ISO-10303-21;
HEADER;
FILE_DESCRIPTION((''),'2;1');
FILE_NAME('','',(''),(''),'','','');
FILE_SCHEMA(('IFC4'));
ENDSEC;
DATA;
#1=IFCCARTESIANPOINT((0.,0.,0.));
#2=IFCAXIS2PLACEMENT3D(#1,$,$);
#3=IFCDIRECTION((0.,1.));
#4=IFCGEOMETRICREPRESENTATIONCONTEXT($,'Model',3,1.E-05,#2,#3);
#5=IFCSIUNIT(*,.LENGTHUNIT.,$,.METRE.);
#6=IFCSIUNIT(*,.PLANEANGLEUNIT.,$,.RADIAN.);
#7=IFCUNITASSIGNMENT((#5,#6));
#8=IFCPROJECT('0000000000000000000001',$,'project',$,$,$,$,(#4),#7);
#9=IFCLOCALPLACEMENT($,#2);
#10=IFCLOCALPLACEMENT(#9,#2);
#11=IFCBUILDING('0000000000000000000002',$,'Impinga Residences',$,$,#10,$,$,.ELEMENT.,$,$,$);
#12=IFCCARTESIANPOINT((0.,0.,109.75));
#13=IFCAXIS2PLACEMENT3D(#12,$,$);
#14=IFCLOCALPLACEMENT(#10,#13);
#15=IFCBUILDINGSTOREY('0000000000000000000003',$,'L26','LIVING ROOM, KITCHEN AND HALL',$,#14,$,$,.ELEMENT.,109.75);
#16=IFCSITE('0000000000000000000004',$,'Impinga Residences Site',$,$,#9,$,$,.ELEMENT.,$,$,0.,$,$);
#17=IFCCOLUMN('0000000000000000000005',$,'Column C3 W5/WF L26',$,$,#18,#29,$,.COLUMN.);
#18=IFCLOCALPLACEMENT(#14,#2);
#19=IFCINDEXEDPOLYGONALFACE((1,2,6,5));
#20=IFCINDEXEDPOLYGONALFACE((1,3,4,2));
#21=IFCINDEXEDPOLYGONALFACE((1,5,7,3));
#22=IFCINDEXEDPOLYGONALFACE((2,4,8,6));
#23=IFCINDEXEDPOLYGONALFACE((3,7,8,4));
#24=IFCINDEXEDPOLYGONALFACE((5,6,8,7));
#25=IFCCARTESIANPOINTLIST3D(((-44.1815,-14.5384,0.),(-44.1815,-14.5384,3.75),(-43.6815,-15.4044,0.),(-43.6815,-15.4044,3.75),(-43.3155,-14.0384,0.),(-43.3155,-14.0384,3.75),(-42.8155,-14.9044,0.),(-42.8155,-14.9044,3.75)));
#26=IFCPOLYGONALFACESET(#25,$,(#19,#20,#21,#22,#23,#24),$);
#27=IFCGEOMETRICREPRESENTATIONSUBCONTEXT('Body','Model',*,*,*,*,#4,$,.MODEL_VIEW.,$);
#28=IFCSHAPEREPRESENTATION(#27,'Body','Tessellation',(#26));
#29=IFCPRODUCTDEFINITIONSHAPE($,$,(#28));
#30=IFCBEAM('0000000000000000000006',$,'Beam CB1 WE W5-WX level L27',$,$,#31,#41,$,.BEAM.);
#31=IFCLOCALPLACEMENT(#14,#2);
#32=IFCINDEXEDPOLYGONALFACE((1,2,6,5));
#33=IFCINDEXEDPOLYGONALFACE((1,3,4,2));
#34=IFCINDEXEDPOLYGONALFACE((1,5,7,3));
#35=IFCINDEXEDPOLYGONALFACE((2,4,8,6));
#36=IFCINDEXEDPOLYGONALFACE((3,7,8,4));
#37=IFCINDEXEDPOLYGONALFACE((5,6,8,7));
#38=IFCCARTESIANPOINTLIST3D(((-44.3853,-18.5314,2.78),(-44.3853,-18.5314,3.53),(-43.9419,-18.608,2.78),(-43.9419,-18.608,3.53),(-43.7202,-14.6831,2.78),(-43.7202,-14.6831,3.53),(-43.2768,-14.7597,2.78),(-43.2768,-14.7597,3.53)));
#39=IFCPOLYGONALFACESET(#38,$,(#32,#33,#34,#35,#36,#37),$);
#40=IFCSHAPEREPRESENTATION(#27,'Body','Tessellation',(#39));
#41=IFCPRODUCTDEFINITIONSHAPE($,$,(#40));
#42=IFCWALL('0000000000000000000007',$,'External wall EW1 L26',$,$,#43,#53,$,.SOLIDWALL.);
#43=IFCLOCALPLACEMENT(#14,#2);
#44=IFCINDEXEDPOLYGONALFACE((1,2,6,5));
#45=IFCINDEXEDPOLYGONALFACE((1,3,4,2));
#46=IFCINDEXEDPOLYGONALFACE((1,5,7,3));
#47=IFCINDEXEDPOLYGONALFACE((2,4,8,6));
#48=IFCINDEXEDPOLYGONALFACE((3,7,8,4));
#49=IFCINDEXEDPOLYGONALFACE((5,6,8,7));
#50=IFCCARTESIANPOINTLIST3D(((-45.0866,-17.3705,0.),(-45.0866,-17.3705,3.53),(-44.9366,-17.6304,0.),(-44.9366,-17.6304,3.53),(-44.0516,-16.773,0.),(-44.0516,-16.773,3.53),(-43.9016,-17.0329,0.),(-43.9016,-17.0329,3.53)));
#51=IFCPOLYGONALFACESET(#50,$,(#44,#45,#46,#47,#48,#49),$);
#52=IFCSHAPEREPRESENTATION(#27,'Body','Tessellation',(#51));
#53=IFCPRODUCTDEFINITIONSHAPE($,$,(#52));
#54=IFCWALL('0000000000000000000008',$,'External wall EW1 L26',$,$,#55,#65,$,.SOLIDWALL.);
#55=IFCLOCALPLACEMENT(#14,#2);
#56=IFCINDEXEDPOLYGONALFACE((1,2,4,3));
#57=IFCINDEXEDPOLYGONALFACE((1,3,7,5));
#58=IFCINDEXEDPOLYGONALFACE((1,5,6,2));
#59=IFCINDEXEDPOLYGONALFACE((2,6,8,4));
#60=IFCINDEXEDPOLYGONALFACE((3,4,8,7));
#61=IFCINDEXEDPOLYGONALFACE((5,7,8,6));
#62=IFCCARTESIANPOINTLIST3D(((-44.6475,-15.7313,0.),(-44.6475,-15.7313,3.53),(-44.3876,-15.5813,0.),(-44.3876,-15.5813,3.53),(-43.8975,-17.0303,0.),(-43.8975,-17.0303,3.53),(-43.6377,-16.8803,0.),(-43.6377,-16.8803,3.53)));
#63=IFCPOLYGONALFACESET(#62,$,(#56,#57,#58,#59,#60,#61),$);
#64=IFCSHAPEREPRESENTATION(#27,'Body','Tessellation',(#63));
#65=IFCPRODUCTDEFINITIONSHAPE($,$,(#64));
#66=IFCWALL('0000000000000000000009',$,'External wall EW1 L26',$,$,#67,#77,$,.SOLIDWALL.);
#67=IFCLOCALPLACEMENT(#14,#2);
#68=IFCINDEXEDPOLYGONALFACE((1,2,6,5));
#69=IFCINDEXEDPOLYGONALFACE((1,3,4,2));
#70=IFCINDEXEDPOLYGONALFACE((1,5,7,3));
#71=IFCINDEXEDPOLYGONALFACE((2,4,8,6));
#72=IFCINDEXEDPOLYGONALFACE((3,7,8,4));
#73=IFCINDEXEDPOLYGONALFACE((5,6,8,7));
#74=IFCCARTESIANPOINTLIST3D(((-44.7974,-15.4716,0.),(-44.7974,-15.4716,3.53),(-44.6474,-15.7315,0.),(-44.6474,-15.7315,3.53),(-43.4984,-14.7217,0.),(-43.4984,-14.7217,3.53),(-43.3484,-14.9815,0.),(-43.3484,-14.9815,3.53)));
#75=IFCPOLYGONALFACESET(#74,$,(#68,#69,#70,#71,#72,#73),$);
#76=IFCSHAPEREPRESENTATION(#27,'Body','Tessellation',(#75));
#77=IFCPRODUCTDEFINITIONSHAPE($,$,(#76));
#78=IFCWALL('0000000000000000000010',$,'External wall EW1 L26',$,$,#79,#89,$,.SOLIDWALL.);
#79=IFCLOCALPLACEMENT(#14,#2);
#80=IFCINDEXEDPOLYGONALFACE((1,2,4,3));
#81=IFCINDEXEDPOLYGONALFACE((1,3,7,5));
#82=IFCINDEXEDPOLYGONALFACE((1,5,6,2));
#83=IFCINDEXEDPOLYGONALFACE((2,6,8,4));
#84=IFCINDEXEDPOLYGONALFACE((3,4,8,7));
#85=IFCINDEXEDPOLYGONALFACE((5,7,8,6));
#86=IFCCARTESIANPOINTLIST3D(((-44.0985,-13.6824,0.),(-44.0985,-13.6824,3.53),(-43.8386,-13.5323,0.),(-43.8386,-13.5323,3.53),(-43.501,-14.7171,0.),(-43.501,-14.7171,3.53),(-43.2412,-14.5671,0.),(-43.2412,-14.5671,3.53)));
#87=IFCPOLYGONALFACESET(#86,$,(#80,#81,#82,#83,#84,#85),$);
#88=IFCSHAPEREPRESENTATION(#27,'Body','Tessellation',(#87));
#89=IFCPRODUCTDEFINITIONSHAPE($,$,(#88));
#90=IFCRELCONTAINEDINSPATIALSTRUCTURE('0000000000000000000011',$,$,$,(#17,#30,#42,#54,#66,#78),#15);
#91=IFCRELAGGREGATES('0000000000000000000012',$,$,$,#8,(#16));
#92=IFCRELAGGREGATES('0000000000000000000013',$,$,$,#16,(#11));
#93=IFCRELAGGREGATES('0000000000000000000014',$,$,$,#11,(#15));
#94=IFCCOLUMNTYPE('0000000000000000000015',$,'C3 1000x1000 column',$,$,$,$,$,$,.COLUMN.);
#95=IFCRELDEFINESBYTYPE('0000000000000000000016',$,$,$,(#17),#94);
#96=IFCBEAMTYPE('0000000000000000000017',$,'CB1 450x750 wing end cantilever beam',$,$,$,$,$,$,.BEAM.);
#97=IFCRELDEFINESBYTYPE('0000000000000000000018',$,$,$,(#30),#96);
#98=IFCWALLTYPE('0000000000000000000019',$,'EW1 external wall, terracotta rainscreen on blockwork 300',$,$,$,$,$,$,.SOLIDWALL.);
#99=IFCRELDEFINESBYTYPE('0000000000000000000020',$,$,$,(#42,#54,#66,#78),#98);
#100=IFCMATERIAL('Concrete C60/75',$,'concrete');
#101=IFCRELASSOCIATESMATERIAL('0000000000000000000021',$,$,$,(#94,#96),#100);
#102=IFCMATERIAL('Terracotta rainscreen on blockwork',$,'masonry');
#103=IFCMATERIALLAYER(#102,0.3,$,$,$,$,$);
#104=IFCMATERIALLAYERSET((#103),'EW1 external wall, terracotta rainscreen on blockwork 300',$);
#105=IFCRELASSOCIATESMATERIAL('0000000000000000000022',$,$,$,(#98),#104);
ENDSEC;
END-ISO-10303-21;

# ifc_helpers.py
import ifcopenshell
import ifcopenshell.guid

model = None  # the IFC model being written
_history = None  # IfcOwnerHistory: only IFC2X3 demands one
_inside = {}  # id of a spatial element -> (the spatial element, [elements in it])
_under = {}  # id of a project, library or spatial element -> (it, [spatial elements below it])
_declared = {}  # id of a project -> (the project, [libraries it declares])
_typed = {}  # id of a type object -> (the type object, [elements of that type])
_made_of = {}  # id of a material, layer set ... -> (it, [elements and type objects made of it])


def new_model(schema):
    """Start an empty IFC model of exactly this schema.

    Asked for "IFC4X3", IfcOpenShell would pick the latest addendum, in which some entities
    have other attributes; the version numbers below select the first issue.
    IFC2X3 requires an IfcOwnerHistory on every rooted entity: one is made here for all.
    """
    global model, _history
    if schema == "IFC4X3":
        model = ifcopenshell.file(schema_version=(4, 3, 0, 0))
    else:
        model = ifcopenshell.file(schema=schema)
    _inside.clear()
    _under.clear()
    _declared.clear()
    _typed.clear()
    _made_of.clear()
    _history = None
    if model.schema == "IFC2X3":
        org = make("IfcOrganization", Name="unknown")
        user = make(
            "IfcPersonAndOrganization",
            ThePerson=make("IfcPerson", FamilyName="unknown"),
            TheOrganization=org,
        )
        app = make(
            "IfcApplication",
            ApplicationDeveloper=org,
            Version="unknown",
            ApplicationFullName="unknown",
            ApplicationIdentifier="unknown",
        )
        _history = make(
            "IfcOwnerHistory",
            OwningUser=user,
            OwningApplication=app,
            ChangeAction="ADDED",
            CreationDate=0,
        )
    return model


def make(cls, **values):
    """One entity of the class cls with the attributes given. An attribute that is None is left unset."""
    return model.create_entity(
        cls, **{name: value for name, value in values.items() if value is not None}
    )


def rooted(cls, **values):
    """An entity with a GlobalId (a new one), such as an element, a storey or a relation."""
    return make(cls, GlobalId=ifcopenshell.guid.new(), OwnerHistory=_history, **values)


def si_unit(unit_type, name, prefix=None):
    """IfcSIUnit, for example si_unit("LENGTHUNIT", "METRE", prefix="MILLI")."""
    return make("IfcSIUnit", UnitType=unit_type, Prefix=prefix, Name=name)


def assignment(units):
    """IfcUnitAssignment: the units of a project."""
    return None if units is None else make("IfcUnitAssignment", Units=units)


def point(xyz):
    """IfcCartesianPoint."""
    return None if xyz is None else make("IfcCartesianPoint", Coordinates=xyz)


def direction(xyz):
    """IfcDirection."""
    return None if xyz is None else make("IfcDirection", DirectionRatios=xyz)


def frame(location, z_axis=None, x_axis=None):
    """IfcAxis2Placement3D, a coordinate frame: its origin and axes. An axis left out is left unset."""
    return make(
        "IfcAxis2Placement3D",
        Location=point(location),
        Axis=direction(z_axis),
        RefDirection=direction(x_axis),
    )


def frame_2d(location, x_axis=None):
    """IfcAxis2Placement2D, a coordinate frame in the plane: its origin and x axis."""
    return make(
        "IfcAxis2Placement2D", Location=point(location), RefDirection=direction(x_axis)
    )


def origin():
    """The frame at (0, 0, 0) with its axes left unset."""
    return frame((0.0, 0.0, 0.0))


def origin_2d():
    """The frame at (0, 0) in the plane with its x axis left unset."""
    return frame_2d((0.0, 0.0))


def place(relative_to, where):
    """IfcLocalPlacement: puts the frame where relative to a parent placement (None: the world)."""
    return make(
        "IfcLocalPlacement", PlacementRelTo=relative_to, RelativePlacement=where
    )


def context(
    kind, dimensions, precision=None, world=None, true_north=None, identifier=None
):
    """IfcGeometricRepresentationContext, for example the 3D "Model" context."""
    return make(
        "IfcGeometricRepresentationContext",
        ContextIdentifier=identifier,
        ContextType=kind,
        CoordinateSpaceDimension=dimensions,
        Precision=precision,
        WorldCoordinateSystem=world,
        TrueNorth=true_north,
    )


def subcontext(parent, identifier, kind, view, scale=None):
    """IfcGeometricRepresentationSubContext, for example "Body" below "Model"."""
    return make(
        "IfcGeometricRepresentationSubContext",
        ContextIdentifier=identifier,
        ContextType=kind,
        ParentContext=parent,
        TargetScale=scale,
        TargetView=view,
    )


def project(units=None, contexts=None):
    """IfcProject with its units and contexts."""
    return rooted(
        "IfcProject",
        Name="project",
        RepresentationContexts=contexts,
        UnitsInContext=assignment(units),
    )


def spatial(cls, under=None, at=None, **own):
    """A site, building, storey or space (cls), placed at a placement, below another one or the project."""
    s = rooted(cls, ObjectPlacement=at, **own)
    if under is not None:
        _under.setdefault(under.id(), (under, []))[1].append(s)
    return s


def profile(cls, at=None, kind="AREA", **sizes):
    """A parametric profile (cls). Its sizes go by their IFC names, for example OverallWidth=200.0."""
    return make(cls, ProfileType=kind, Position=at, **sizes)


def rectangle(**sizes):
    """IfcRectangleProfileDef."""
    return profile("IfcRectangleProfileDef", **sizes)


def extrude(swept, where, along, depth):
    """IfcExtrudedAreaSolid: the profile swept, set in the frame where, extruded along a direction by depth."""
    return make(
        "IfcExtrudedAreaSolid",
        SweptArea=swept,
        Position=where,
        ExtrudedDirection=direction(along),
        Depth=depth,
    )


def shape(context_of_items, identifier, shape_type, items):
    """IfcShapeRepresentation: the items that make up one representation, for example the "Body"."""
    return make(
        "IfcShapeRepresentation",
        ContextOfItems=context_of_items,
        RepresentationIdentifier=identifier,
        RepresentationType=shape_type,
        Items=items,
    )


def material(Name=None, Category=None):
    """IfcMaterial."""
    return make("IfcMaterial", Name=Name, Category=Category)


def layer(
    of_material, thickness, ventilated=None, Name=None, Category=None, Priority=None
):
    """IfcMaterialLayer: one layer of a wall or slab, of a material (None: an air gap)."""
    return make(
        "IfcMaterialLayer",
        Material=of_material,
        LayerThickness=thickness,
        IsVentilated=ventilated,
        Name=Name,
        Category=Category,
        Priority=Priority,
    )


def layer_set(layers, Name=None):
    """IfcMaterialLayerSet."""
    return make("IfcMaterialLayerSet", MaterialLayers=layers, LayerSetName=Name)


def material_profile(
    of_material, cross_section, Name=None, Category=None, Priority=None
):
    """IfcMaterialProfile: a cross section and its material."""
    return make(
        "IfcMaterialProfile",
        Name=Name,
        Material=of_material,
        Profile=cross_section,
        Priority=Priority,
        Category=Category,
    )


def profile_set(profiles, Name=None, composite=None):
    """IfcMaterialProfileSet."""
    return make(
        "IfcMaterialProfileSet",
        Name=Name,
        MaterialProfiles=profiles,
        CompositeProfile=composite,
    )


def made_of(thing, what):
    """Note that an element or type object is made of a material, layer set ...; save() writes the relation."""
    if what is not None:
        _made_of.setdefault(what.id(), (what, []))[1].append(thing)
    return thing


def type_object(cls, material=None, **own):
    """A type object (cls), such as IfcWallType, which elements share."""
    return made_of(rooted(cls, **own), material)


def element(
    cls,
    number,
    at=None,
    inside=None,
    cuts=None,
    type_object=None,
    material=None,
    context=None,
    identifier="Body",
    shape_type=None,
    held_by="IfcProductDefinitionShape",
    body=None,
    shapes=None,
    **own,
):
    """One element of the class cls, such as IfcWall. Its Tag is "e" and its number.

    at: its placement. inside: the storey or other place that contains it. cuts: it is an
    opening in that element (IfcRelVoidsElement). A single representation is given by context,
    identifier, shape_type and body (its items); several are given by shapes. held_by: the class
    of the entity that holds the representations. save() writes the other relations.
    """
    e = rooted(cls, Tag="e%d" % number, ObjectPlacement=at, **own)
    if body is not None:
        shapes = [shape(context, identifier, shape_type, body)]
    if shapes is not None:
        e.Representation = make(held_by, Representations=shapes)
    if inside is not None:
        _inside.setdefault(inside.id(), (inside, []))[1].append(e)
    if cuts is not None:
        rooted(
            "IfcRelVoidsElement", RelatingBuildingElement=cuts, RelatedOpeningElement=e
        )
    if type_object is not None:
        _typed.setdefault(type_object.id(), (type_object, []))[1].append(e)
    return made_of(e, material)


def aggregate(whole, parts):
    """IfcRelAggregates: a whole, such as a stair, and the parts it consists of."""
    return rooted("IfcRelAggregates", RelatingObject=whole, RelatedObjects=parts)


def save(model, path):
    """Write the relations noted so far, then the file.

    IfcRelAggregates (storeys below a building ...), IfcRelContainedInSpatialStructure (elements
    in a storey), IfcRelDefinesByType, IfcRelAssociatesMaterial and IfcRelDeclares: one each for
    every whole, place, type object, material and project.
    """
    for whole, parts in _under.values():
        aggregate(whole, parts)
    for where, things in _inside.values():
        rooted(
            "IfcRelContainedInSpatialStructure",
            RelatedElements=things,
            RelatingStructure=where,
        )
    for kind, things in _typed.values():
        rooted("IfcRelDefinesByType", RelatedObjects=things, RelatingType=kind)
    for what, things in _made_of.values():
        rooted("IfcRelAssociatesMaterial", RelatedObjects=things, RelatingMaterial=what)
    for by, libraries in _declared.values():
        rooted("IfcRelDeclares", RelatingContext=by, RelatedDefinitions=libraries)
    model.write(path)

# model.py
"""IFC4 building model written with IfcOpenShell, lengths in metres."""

from ifc_helpers import new_model, si_unit, direction, frame, frame_2d, origin, origin_2d, place, context, subcontext, project, spatial, rectangle, extrude, material, layer, layer_set, material_profile, profile_set, type_object, element, save


model = new_model("IFC4")

# Units and contexts
model_context = context("Model", 3, precision=1e-05, world=origin(), true_north=direction((0.0, 1.0)))
body_context = subcontext(model_context, "Body", "Model", "MODEL_VIEW")
ifc_project = project(units=[si_unit("LENGTHUNIT", "METRE"), si_unit("PLANEANGLEUNIT", "RADIAN")], contexts=[model_context])

# Site, building, storey
site_placement = place(None, origin())
site = spatial("IfcSite", under=ifc_project, at=site_placement, Name="Impinga Residences Site", CompositionType="ELEMENT", RefElevation=0.0)
building_placement = place(site_placement, origin())
building = spatial("IfcBuilding", under=site, at=building_placement, Name="Impinga Residences", CompositionType="ELEMENT")
storey_placement = place(building_placement, frame((0.0, 0.0, 109.75)))
storey = spatial("IfcBuildingStorey", under=building, at=storey_placement, Name="L26", Description="LIVING ROOM, KITCHEN AND HALL", CompositionType="ELEMENT", Elevation=109.75)

# Column
ifc_material_1 = material(Name="Concrete C60/75", Category="concrete")
ifc_material_profile_1 = material_profile(ifc_material_1, rectangle(XDim=1.0, YDim=1.0, at=origin_2d()), Name="RC 1000x1000")
ifc_profile_set_1 = profile_set([ifc_material_profile_1], Name="Concrete C60/75")
column_type = type_object("IfcColumnType", Name="C3 1000x1000 column", PredefinedType="COLUMN", material=ifc_profile_set_1)
column_placement = place(storey_placement, frame((-43.4985, -14.7214, 0.0), z_axis=(0.0, 0.0, 1.0), x_axis=(-0.5, 0.866025, 0.0)))
element("IfcColumn", 1, at=column_placement, inside=storey, type_object=column_type, Name="Column C3 W5/WF L26", PredefinedType="COLUMN", context=body_context, shape_type="SweptSolid", body=[
    extrude(rectangle(XDim=1.0, YDim=1.0, at=origin_2d()), origin(), (0.0, 0.0, 1.0), 3.75),
])

# Beam
ifc_material_profile_2 = material_profile(ifc_material_1, rectangle(XDim=0.45, YDim=0.75, at=origin_2d()), Name="RC 450x750")
ifc_profile_set_2 = profile_set([ifc_material_profile_2], Name="Concrete C60/75")
beam_type = type_object("IfcBeamType", Name="CB1 450x750 wing end cantilever beam", PredefinedType="BEAM", material=ifc_profile_set_2)
beam_placement = place(storey_placement, frame((-43.4985, -14.7214, 3.155), z_axis=(-0.170296, -0.985393, 0.0), x_axis=(0.985393, -0.170296, 0.0)))
element("IfcBeam", 2, at=beam_placement, inside=storey, type_object=beam_type, Name="Beam CB1 WE W5-WX level L27", PredefinedType="BEAM", context=body_context, shape_type="SweptSolid", body=[
    extrude(rectangle(XDim=0.45, YDim=0.75, at=origin_2d()), origin(), (0.0, 0.0, 1.0), 3.9053),
])

# Walls
ifc_material_2 = material(Name="Terracotta rainscreen on blockwork", Category="masonry")
ifc_layer_1 = layer(ifc_material_2, 0.3)
ifc_layer_set_1 = layer_set([ifc_layer_1], Name="EW1 external wall, terracotta rainscreen on blockwork 300")
wall_type_1 = type_object("IfcWallType", Name="EW1 external wall, terracotta rainscreen on blockwork 300", PredefinedType="SOLIDWALL", material=ifc_layer_set_1)
wall_1_placement = place(storey_placement, frame((-45.0117, -17.5005, 0.0), z_axis=(0.0, 0.0, 1.0), x_axis=(0.86606, 0.499941, 0.0)))
element("IfcWall", 3, at=wall_1_placement, inside=storey, type_object=wall_type_1, Name="External wall EW1 L26", PredefinedType="SOLIDWALL", context=body_context, shape_type="SweptSolid", body=[
    extrude(rectangle(XDim=1.1951, YDim=0.3, at=frame_2d((0.5977, 0.0))), origin(), (0.0, 0.0, 1.0), 3.53),
])
for number, where, z_axis, x_axis, name in (
    (4, (-43.7676, -16.9553, 0.0), (0.0, 0.0, 1.0), (-0.49999, 0.866031, 0.0), "External wall EW1 L26"),
    (5, (-44.7224, -15.6016, 0.0), (0.0, 0.0, 1.0), (0.866031, 0.49999, 0.0), "External wall EW1 L26"),
):
    element("IfcWall", number, at=place(storey_placement, frame(where, z_axis=z_axis, x_axis=x_axis)), inside=storey, type_object=wall_type_1, Name=name, PredefinedType="SOLIDWALL", context=body_context, shape_type="SweptSolid", body=[
        extrude(rectangle(XDim=1.5, YDim=0.3, at=frame_2d((0.75, 0.0))), origin(), (0.0, 0.0, 1.0), 3.53),
    ])
wall_2_placement = place(storey_placement, frame((-43.3711, -14.6421, 0.0), z_axis=(0.0, 0.0, 1.0), x_axis=(-0.500029, 0.866009, 0.0)))
element("IfcWall", 6, at=wall_2_placement, inside=storey, type_object=wall_type_1, Name="External wall EW1 L26", PredefinedType="SOLIDWALL", context=body_context, shape_type="SweptSolid", body=[
    extrude(rectangle(XDim=1.1948, YDim=0.3, at=frame_2d((0.5974, 0.0))), origin(), (0.0, 0.0, 1.0), 3.53),
])

save(model, "model.ifc")
